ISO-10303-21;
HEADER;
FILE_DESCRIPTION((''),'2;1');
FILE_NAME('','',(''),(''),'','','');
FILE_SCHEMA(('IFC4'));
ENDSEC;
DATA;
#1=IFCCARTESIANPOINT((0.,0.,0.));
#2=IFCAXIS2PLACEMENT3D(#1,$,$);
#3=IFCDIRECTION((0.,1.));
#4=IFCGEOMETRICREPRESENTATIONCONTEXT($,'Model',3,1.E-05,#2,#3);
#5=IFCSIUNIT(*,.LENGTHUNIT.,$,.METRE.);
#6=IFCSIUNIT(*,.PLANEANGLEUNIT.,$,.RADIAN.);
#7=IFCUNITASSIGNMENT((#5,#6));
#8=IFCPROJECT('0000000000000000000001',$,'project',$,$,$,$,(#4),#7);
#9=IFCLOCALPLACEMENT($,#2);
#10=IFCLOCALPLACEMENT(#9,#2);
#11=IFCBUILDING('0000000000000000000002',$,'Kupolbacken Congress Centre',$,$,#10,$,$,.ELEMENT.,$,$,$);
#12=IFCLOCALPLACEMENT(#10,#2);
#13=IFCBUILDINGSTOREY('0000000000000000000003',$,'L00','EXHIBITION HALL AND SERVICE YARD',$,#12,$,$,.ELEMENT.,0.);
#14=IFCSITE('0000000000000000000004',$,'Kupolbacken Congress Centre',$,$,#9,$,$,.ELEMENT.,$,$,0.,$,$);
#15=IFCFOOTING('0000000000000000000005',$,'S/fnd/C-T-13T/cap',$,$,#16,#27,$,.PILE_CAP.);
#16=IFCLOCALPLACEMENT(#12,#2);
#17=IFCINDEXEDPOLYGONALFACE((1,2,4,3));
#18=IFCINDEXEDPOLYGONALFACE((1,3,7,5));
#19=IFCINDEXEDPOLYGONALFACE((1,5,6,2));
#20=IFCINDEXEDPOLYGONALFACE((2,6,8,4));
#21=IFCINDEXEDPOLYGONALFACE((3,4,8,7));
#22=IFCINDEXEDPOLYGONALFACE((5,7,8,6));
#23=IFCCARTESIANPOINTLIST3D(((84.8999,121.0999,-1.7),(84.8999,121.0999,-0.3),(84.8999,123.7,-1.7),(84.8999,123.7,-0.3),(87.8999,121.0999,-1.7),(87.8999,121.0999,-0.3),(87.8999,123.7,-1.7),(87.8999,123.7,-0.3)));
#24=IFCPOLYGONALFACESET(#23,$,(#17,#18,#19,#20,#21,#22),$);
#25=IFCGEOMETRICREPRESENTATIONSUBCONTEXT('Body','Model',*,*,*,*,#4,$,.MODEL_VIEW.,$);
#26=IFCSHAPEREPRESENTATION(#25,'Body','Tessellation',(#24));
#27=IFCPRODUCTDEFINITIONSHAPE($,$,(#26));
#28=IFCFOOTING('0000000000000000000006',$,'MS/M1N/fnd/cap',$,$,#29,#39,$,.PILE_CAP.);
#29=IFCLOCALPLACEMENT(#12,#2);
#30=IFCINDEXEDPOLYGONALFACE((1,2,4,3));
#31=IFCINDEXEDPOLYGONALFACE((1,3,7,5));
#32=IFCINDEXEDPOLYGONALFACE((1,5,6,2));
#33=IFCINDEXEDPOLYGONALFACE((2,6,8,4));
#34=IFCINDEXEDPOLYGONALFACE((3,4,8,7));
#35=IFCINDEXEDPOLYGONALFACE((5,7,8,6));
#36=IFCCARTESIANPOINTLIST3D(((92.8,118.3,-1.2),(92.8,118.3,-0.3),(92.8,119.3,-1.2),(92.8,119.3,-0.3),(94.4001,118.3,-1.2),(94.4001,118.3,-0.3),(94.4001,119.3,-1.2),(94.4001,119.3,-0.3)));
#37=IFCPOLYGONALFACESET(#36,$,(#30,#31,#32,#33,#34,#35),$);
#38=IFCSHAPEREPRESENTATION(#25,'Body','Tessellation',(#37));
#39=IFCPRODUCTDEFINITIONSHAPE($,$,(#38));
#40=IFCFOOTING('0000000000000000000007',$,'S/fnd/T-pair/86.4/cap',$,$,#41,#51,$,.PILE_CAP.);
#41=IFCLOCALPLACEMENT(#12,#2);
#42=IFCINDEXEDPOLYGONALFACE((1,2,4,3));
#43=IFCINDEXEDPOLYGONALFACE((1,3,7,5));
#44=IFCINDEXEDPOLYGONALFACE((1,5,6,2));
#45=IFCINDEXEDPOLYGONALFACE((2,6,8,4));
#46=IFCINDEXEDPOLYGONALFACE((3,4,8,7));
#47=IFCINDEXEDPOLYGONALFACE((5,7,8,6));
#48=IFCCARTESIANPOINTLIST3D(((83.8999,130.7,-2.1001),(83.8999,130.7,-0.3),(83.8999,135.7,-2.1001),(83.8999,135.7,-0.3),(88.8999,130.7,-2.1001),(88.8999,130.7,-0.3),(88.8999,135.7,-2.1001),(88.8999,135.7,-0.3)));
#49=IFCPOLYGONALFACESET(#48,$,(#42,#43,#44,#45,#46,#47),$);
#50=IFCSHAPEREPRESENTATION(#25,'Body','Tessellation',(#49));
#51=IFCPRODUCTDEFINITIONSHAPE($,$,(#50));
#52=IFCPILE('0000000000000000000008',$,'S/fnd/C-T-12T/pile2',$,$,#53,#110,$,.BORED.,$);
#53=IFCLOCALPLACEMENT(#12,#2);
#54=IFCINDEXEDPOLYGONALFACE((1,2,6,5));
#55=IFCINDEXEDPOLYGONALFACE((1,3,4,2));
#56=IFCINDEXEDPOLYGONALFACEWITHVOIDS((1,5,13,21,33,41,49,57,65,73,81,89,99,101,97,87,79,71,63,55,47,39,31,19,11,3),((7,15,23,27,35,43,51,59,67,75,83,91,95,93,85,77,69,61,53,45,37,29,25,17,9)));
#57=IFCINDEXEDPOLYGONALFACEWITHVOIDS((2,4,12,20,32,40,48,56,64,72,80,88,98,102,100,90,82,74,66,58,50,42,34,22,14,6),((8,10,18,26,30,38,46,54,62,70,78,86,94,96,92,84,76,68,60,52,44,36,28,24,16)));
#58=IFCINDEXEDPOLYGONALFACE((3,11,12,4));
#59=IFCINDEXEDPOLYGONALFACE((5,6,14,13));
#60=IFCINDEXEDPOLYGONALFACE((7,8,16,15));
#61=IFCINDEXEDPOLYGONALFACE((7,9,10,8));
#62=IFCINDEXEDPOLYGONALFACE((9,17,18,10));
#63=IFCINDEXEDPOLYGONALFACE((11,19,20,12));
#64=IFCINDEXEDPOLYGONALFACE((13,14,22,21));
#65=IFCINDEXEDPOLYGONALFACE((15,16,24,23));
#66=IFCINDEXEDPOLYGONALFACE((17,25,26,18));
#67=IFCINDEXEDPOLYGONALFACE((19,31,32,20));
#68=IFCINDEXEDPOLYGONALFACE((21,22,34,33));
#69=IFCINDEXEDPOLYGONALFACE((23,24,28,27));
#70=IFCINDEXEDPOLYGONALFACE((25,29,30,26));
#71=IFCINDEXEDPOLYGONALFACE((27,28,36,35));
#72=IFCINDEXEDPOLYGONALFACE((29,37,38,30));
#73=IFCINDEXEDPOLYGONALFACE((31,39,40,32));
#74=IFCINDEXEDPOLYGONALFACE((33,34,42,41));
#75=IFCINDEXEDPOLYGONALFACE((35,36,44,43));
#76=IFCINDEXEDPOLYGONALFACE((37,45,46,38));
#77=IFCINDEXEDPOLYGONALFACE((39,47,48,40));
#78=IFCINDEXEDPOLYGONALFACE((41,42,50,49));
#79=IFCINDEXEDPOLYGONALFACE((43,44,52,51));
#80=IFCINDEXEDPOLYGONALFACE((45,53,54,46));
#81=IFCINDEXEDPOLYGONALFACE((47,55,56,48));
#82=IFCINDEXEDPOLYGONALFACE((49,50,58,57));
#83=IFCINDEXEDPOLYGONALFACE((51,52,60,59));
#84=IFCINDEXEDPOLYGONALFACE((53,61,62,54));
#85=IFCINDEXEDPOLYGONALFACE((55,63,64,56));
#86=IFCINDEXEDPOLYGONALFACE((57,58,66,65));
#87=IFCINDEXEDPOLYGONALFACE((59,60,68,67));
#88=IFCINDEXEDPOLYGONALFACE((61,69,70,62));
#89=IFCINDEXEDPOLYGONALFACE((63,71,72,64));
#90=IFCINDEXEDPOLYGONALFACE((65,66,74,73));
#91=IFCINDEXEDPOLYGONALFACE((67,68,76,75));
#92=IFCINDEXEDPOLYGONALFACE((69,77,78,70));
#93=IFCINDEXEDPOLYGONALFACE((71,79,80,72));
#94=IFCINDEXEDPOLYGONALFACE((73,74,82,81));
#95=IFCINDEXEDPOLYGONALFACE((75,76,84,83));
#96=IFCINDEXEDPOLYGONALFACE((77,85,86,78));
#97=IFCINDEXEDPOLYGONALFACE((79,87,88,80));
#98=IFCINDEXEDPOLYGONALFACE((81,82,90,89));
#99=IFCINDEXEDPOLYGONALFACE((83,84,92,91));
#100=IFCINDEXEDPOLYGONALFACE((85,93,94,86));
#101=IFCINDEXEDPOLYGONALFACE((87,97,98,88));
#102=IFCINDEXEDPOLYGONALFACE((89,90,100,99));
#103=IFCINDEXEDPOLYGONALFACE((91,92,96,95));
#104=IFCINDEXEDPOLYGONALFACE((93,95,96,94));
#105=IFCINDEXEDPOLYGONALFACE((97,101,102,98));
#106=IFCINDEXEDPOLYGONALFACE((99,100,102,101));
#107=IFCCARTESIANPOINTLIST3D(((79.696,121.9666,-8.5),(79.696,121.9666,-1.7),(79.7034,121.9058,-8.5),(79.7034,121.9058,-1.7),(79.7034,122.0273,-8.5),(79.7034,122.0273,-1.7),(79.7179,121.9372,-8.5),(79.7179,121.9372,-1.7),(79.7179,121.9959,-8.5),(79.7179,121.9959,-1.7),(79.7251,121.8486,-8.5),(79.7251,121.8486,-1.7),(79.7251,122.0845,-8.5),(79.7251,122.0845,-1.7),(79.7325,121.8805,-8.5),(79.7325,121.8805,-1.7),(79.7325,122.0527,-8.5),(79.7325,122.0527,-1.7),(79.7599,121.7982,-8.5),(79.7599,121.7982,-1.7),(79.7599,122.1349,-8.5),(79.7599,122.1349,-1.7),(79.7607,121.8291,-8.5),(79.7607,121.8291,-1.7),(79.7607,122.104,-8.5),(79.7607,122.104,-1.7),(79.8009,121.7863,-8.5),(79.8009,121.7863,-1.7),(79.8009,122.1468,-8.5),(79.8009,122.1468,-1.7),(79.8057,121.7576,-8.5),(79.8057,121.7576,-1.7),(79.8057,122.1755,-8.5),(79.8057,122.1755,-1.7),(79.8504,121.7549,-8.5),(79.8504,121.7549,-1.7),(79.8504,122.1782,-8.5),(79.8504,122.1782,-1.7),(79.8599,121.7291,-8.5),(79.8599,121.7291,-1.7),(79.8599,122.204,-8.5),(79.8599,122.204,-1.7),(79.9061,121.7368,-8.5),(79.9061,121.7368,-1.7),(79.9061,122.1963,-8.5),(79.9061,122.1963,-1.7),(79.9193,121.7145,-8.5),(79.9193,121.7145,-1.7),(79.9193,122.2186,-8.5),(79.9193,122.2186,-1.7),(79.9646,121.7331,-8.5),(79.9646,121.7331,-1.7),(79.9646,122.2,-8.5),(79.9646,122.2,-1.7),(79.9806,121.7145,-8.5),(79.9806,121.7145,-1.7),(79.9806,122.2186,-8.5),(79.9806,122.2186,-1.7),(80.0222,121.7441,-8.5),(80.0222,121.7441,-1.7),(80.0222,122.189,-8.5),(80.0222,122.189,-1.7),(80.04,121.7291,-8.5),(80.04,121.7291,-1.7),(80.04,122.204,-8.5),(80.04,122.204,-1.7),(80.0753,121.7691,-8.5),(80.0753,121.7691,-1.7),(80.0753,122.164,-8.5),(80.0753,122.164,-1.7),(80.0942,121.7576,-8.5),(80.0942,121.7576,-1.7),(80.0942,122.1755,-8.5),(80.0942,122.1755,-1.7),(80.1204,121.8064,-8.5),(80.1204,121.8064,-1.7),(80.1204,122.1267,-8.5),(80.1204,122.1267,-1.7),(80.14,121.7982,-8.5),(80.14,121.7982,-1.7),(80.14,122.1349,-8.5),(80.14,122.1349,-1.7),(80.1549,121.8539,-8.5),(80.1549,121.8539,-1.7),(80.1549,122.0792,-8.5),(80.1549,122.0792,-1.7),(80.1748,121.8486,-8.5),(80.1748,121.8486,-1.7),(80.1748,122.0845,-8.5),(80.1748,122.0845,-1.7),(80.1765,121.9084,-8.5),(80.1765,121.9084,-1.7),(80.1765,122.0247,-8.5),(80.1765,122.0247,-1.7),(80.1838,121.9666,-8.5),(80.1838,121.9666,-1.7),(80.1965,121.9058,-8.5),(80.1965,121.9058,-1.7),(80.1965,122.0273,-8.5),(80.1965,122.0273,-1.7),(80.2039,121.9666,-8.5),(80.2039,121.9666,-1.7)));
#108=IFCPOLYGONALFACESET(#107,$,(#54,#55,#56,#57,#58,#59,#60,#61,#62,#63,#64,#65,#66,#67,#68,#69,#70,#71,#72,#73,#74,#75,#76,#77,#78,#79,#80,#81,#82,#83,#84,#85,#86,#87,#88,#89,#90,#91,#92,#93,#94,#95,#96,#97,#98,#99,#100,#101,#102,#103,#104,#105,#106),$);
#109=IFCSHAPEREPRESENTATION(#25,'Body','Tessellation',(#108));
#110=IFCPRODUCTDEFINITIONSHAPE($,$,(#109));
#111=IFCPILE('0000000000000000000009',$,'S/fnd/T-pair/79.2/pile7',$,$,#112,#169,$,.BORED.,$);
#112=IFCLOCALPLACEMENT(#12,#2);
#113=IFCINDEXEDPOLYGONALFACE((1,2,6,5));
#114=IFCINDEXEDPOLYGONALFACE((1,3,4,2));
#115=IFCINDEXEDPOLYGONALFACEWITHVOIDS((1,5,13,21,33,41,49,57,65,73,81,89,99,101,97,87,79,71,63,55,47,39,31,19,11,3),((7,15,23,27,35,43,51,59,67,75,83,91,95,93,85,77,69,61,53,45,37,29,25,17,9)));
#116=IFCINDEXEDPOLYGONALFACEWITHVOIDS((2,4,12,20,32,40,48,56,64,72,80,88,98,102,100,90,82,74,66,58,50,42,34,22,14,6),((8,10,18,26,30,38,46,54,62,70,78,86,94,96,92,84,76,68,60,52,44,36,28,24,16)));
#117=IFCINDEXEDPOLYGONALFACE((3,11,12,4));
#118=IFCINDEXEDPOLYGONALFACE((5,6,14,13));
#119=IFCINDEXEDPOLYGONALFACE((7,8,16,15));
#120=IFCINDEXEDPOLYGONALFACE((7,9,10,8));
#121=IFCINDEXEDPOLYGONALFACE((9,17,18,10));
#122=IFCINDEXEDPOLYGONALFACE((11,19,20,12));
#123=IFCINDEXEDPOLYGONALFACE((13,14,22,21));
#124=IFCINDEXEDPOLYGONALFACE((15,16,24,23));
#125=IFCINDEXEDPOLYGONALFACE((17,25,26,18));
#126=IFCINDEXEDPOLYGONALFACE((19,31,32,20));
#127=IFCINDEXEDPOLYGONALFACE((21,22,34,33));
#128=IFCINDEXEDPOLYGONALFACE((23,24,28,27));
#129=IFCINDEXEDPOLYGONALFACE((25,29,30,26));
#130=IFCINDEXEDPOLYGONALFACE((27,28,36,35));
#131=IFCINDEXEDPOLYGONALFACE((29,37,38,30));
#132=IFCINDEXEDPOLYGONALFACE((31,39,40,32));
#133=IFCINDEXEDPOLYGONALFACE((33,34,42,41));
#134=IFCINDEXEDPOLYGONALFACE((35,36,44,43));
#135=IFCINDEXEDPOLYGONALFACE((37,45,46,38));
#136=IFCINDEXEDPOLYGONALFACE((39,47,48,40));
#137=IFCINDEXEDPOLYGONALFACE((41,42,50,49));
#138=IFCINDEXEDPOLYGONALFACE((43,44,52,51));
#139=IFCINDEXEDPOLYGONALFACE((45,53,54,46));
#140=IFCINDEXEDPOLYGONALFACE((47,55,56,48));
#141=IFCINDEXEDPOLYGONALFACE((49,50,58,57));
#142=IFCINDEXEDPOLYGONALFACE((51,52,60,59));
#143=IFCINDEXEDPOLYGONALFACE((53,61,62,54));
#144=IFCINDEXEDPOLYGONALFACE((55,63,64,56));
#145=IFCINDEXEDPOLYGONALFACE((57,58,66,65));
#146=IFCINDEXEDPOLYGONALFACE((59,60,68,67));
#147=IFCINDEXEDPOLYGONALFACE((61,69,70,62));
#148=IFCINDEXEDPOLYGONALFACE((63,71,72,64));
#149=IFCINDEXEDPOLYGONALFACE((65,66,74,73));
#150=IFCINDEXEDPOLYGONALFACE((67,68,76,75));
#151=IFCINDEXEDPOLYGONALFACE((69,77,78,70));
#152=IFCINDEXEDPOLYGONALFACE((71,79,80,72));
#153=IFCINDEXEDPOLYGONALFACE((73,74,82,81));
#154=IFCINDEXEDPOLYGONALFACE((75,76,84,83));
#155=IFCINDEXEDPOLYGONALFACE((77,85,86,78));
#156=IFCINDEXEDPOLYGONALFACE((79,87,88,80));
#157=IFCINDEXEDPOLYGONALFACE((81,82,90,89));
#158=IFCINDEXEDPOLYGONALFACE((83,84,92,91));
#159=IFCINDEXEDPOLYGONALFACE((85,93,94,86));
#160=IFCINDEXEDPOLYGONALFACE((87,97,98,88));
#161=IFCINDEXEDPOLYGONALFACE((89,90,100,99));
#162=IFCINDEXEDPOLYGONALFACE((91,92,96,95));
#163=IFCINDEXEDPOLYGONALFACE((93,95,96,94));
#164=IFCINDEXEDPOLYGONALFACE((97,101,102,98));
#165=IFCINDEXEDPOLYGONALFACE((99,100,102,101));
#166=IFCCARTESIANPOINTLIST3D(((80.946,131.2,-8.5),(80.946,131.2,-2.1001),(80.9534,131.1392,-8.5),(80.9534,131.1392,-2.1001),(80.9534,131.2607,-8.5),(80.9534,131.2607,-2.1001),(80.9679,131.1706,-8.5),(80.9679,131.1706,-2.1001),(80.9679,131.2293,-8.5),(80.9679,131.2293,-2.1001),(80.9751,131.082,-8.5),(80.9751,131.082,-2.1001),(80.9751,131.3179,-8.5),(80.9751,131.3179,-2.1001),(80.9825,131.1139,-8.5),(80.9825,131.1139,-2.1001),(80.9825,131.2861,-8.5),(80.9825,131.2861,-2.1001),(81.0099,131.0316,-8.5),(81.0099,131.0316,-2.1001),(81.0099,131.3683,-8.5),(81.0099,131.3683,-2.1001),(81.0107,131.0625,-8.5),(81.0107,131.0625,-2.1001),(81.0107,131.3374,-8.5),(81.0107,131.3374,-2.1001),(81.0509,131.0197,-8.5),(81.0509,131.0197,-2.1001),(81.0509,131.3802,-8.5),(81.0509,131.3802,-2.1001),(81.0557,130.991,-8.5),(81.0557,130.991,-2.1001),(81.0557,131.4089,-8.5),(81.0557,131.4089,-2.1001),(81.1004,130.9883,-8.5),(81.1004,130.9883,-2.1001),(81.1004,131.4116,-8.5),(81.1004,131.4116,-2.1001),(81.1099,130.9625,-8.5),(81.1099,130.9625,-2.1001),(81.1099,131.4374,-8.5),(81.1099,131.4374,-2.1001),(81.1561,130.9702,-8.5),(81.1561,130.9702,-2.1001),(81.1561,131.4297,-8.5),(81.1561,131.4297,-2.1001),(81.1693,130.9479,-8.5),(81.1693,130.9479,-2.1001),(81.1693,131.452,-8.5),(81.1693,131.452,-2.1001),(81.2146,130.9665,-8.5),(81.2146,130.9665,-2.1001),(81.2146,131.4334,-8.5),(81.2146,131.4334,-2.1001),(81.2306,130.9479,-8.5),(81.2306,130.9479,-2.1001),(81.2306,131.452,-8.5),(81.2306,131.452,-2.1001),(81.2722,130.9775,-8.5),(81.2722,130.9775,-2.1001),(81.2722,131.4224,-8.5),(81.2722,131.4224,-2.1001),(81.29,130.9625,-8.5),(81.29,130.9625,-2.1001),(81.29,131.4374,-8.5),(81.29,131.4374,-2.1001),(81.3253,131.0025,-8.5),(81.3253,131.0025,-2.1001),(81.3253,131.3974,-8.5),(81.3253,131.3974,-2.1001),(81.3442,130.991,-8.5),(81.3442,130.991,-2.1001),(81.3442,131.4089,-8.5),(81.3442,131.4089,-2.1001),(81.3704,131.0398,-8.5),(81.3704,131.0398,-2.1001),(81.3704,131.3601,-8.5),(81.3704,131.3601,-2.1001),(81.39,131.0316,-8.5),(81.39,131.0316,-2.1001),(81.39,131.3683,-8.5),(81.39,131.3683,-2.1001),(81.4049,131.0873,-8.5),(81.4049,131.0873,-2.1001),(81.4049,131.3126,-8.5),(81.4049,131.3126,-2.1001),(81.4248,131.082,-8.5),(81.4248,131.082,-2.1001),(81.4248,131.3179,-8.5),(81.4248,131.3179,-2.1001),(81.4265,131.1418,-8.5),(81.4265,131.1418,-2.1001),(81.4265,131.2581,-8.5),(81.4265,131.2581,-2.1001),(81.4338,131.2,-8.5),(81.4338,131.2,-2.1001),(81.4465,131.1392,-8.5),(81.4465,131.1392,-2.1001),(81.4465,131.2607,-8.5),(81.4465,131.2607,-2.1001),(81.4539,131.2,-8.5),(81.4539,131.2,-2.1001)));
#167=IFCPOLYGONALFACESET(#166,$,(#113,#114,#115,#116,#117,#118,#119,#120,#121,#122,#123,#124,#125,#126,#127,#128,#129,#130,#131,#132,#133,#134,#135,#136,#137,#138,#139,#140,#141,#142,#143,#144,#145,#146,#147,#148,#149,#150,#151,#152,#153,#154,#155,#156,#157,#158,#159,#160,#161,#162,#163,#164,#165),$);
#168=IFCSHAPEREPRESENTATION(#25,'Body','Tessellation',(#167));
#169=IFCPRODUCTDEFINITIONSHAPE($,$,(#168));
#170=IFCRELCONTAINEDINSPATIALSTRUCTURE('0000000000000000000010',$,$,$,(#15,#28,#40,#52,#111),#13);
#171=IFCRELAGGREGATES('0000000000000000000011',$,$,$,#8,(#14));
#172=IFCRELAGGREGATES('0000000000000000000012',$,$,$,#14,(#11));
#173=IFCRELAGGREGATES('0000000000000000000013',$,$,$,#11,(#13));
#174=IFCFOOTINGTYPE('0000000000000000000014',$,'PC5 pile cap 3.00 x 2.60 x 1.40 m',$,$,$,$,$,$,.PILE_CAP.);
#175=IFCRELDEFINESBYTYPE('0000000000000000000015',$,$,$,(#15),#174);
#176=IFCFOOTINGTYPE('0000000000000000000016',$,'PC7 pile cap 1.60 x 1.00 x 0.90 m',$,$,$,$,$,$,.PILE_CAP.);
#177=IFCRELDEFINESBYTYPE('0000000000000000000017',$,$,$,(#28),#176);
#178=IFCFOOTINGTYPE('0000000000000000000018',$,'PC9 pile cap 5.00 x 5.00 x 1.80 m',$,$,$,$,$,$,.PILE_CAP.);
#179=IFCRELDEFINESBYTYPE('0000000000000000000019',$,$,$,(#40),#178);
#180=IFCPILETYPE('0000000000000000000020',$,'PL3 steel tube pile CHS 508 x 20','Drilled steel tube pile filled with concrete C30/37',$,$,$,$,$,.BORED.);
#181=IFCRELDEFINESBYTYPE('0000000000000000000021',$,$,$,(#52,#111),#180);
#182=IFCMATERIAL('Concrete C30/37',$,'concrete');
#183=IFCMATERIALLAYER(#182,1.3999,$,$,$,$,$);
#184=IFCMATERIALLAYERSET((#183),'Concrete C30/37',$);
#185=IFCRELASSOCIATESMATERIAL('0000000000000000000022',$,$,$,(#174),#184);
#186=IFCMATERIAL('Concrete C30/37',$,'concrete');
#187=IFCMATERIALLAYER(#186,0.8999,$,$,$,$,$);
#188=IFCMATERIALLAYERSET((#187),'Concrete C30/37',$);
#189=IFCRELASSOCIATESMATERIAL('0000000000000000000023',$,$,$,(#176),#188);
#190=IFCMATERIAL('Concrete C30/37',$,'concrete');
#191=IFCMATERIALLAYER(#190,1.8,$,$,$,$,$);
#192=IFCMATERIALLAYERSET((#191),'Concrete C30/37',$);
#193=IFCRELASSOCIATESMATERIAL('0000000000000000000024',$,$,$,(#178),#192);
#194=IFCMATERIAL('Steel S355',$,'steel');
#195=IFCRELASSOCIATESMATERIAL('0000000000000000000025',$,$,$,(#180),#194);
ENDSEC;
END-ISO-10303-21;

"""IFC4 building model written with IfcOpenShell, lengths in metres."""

from ifc_helpers import new_model, si_unit, direction, frame, origin, origin_2d, place, context, subcontext, project, spatial, rectangle, hollow_circle, extrude, material, layer, layer_set, material_profile, profile_set, type_object, element, save


model = new_model("IFC4")

# Units and contexts
model_context = context("Model", 3, precision=1e-05, world=origin(), true_north=direction((0.0, 1.0)))
body_context = subcontext(model_context, "Body", "Model", "MODEL_VIEW")
ifc_project = project(units=[si_unit("LENGTHUNIT", "METRE"), si_unit("PLANEANGLEUNIT", "RADIAN")], contexts=[model_context])

# Site, building, storey
site_placement = place(None, origin())
site = spatial("IfcSite", under=ifc_project, at=site_placement, Name="Kupolbacken Congress Centre", CompositionType="ELEMENT", RefElevation=0.0)
building_placement = place(site_placement, origin())
building = spatial("IfcBuilding", under=site, at=building_placement, Name="Kupolbacken Congress Centre", CompositionType="ELEMENT")
storey_placement = place(building_placement, origin())
storey = spatial("IfcBuildingStorey", under=building, at=storey_placement, Name="L00", Description="EXHIBITION HALL AND SERVICE YARD", CompositionType="ELEMENT", Elevation=0.0)

# Footings
ifc_material_1 = material(Name="Concrete C30/37", Category="concrete")
ifc_layer_1 = layer(ifc_material_1, 1.3999)
ifc_layer_set_1 = layer_set([ifc_layer_1], Name="Concrete C30/37")
footing_type_1 = type_object("IfcFootingType", Name="PC5 pile cap 3.00 x 2.60 x 1.40 m", PredefinedType="PILE_CAP", material=ifc_layer_set_1)
footing_1_placement = place(storey_placement, frame((86.3999, 122.3999, -1.7), z_axis=(0.0, 0.0, 1.0), x_axis=(1.0, 0.0, 0.0)))
element("IfcFooting", 1, at=footing_1_placement, inside=storey, type_object=footing_type_1, Name="S/fnd/C-T-13T/cap", PredefinedType="PILE_CAP", context=body_context, shape_type="SweptSolid", body=[
    extrude(rectangle(XDim=3.0, YDim=2.6001, at=origin_2d()), origin(), (0.0, 0.0, 1.0), 1.3999),
])
ifc_material_2 = material(Name="Concrete C30/37", Category="concrete")
ifc_layer_2 = layer(ifc_material_2, 0.8999)
ifc_layer_set_2 = layer_set([ifc_layer_2], Name="Concrete C30/37")
footing_type_2 = type_object("IfcFootingType", Name="PC7 pile cap 1.60 x 1.00 x 0.90 m", PredefinedType="PILE_CAP", material=ifc_layer_set_2)
footing_2_placement = place(storey_placement, frame((93.6001, 118.8, -1.2), z_axis=(0.0, 0.0, 1.0), x_axis=(1.0, 0.0, 0.0)))
element("IfcFooting", 2, at=footing_2_placement, inside=storey, type_object=footing_type_2, Name="MS/M1N/fnd/cap", PredefinedType="PILE_CAP", context=body_context, shape_type="SweptSolid", body=[
    extrude(rectangle(XDim=1.6001, YDim=1.0, at=origin_2d()), origin(), (0.0, 0.0, 1.0), 0.8999),
])
ifc_material_3 = material(Name="Concrete C30/37", Category="concrete")
ifc_layer_3 = layer(ifc_material_3, 1.8)
ifc_layer_set_3 = layer_set([ifc_layer_3], Name="Concrete C30/37")
footing_type_3 = type_object("IfcFootingType", Name="PC9 pile cap 5.00 x 5.00 x 1.80 m", PredefinedType="PILE_CAP", material=ifc_layer_set_3)
footing_3_placement = place(storey_placement, frame((86.3999, 133.2, -2.1001), z_axis=(0.0, 0.0, 1.0), x_axis=(1.0, 0.0, 0.0)))
element("IfcFooting", 3, at=footing_3_placement, inside=storey, type_object=footing_type_3, Name="S/fnd/T-pair/86.4/cap", PredefinedType="PILE_CAP", context=body_context, shape_type="SweptSolid", body=[
    extrude(rectangle(XDim=5.0, YDim=5.0, at=origin_2d()), origin(), (0.0, 0.0, 1.0), 1.8),
])

# Piles
ifc_material_4 = material(Name="Steel S355", Category="steel")
ifc_material_profile_1 = material_profile(ifc_material_4, hollow_circle(Radius=0.2539, WallThickness=0.02, at=origin_2d()), Name="CHS 508 x 20")
ifc_profile_set_1 = profile_set([ifc_material_profile_1], Name="Steel S355")
pile_type = type_object("IfcPileType", Name="PL3 steel tube pile CHS 508 x 20", Description="Drilled steel tube pile filled with concrete C30/37", PredefinedType="BORED", material=ifc_profile_set_1)
pile_placement = place(storey_placement, frame((79.95, 121.9666, -1.7), z_axis=(0.0, 0.0, -1.0), x_axis=(1.0, 0.0, 0.0)))
element("IfcPile", 4, at=pile_placement, inside=storey, type_object=pile_type, Name="S/fnd/C-T-12T/pile2", PredefinedType="BORED", context=body_context, shape_type="SweptSolid", body=[
    extrude(hollow_circle(Radius=0.2539, WallThickness=0.02, at=origin_2d()), origin(), (0.0, 0.0, 1.0), 6.8),
])
for number, where, z_axis, x_axis, name in (
    (5, (81.2, 131.2, -2.1001), (0.0, 0.0, -1.0), (1.0, 0.0, 0.0), "S/fnd/T-pair/79.2/pile7"),
):
    element("IfcPile", number, at=place(storey_placement, frame(where, z_axis=z_axis, x_axis=x_axis)), inside=storey, type_object=pile_type, Name=name, PredefinedType="BORED", context=body_context, shape_type="SweptSolid", body=[
        extrude(hollow_circle(Radius=0.2539, WallThickness=0.02, at=origin_2d()), origin(), (0.0, 0.0, 1.0), 6.3999),
    ])

save(model, "model.ifc")
